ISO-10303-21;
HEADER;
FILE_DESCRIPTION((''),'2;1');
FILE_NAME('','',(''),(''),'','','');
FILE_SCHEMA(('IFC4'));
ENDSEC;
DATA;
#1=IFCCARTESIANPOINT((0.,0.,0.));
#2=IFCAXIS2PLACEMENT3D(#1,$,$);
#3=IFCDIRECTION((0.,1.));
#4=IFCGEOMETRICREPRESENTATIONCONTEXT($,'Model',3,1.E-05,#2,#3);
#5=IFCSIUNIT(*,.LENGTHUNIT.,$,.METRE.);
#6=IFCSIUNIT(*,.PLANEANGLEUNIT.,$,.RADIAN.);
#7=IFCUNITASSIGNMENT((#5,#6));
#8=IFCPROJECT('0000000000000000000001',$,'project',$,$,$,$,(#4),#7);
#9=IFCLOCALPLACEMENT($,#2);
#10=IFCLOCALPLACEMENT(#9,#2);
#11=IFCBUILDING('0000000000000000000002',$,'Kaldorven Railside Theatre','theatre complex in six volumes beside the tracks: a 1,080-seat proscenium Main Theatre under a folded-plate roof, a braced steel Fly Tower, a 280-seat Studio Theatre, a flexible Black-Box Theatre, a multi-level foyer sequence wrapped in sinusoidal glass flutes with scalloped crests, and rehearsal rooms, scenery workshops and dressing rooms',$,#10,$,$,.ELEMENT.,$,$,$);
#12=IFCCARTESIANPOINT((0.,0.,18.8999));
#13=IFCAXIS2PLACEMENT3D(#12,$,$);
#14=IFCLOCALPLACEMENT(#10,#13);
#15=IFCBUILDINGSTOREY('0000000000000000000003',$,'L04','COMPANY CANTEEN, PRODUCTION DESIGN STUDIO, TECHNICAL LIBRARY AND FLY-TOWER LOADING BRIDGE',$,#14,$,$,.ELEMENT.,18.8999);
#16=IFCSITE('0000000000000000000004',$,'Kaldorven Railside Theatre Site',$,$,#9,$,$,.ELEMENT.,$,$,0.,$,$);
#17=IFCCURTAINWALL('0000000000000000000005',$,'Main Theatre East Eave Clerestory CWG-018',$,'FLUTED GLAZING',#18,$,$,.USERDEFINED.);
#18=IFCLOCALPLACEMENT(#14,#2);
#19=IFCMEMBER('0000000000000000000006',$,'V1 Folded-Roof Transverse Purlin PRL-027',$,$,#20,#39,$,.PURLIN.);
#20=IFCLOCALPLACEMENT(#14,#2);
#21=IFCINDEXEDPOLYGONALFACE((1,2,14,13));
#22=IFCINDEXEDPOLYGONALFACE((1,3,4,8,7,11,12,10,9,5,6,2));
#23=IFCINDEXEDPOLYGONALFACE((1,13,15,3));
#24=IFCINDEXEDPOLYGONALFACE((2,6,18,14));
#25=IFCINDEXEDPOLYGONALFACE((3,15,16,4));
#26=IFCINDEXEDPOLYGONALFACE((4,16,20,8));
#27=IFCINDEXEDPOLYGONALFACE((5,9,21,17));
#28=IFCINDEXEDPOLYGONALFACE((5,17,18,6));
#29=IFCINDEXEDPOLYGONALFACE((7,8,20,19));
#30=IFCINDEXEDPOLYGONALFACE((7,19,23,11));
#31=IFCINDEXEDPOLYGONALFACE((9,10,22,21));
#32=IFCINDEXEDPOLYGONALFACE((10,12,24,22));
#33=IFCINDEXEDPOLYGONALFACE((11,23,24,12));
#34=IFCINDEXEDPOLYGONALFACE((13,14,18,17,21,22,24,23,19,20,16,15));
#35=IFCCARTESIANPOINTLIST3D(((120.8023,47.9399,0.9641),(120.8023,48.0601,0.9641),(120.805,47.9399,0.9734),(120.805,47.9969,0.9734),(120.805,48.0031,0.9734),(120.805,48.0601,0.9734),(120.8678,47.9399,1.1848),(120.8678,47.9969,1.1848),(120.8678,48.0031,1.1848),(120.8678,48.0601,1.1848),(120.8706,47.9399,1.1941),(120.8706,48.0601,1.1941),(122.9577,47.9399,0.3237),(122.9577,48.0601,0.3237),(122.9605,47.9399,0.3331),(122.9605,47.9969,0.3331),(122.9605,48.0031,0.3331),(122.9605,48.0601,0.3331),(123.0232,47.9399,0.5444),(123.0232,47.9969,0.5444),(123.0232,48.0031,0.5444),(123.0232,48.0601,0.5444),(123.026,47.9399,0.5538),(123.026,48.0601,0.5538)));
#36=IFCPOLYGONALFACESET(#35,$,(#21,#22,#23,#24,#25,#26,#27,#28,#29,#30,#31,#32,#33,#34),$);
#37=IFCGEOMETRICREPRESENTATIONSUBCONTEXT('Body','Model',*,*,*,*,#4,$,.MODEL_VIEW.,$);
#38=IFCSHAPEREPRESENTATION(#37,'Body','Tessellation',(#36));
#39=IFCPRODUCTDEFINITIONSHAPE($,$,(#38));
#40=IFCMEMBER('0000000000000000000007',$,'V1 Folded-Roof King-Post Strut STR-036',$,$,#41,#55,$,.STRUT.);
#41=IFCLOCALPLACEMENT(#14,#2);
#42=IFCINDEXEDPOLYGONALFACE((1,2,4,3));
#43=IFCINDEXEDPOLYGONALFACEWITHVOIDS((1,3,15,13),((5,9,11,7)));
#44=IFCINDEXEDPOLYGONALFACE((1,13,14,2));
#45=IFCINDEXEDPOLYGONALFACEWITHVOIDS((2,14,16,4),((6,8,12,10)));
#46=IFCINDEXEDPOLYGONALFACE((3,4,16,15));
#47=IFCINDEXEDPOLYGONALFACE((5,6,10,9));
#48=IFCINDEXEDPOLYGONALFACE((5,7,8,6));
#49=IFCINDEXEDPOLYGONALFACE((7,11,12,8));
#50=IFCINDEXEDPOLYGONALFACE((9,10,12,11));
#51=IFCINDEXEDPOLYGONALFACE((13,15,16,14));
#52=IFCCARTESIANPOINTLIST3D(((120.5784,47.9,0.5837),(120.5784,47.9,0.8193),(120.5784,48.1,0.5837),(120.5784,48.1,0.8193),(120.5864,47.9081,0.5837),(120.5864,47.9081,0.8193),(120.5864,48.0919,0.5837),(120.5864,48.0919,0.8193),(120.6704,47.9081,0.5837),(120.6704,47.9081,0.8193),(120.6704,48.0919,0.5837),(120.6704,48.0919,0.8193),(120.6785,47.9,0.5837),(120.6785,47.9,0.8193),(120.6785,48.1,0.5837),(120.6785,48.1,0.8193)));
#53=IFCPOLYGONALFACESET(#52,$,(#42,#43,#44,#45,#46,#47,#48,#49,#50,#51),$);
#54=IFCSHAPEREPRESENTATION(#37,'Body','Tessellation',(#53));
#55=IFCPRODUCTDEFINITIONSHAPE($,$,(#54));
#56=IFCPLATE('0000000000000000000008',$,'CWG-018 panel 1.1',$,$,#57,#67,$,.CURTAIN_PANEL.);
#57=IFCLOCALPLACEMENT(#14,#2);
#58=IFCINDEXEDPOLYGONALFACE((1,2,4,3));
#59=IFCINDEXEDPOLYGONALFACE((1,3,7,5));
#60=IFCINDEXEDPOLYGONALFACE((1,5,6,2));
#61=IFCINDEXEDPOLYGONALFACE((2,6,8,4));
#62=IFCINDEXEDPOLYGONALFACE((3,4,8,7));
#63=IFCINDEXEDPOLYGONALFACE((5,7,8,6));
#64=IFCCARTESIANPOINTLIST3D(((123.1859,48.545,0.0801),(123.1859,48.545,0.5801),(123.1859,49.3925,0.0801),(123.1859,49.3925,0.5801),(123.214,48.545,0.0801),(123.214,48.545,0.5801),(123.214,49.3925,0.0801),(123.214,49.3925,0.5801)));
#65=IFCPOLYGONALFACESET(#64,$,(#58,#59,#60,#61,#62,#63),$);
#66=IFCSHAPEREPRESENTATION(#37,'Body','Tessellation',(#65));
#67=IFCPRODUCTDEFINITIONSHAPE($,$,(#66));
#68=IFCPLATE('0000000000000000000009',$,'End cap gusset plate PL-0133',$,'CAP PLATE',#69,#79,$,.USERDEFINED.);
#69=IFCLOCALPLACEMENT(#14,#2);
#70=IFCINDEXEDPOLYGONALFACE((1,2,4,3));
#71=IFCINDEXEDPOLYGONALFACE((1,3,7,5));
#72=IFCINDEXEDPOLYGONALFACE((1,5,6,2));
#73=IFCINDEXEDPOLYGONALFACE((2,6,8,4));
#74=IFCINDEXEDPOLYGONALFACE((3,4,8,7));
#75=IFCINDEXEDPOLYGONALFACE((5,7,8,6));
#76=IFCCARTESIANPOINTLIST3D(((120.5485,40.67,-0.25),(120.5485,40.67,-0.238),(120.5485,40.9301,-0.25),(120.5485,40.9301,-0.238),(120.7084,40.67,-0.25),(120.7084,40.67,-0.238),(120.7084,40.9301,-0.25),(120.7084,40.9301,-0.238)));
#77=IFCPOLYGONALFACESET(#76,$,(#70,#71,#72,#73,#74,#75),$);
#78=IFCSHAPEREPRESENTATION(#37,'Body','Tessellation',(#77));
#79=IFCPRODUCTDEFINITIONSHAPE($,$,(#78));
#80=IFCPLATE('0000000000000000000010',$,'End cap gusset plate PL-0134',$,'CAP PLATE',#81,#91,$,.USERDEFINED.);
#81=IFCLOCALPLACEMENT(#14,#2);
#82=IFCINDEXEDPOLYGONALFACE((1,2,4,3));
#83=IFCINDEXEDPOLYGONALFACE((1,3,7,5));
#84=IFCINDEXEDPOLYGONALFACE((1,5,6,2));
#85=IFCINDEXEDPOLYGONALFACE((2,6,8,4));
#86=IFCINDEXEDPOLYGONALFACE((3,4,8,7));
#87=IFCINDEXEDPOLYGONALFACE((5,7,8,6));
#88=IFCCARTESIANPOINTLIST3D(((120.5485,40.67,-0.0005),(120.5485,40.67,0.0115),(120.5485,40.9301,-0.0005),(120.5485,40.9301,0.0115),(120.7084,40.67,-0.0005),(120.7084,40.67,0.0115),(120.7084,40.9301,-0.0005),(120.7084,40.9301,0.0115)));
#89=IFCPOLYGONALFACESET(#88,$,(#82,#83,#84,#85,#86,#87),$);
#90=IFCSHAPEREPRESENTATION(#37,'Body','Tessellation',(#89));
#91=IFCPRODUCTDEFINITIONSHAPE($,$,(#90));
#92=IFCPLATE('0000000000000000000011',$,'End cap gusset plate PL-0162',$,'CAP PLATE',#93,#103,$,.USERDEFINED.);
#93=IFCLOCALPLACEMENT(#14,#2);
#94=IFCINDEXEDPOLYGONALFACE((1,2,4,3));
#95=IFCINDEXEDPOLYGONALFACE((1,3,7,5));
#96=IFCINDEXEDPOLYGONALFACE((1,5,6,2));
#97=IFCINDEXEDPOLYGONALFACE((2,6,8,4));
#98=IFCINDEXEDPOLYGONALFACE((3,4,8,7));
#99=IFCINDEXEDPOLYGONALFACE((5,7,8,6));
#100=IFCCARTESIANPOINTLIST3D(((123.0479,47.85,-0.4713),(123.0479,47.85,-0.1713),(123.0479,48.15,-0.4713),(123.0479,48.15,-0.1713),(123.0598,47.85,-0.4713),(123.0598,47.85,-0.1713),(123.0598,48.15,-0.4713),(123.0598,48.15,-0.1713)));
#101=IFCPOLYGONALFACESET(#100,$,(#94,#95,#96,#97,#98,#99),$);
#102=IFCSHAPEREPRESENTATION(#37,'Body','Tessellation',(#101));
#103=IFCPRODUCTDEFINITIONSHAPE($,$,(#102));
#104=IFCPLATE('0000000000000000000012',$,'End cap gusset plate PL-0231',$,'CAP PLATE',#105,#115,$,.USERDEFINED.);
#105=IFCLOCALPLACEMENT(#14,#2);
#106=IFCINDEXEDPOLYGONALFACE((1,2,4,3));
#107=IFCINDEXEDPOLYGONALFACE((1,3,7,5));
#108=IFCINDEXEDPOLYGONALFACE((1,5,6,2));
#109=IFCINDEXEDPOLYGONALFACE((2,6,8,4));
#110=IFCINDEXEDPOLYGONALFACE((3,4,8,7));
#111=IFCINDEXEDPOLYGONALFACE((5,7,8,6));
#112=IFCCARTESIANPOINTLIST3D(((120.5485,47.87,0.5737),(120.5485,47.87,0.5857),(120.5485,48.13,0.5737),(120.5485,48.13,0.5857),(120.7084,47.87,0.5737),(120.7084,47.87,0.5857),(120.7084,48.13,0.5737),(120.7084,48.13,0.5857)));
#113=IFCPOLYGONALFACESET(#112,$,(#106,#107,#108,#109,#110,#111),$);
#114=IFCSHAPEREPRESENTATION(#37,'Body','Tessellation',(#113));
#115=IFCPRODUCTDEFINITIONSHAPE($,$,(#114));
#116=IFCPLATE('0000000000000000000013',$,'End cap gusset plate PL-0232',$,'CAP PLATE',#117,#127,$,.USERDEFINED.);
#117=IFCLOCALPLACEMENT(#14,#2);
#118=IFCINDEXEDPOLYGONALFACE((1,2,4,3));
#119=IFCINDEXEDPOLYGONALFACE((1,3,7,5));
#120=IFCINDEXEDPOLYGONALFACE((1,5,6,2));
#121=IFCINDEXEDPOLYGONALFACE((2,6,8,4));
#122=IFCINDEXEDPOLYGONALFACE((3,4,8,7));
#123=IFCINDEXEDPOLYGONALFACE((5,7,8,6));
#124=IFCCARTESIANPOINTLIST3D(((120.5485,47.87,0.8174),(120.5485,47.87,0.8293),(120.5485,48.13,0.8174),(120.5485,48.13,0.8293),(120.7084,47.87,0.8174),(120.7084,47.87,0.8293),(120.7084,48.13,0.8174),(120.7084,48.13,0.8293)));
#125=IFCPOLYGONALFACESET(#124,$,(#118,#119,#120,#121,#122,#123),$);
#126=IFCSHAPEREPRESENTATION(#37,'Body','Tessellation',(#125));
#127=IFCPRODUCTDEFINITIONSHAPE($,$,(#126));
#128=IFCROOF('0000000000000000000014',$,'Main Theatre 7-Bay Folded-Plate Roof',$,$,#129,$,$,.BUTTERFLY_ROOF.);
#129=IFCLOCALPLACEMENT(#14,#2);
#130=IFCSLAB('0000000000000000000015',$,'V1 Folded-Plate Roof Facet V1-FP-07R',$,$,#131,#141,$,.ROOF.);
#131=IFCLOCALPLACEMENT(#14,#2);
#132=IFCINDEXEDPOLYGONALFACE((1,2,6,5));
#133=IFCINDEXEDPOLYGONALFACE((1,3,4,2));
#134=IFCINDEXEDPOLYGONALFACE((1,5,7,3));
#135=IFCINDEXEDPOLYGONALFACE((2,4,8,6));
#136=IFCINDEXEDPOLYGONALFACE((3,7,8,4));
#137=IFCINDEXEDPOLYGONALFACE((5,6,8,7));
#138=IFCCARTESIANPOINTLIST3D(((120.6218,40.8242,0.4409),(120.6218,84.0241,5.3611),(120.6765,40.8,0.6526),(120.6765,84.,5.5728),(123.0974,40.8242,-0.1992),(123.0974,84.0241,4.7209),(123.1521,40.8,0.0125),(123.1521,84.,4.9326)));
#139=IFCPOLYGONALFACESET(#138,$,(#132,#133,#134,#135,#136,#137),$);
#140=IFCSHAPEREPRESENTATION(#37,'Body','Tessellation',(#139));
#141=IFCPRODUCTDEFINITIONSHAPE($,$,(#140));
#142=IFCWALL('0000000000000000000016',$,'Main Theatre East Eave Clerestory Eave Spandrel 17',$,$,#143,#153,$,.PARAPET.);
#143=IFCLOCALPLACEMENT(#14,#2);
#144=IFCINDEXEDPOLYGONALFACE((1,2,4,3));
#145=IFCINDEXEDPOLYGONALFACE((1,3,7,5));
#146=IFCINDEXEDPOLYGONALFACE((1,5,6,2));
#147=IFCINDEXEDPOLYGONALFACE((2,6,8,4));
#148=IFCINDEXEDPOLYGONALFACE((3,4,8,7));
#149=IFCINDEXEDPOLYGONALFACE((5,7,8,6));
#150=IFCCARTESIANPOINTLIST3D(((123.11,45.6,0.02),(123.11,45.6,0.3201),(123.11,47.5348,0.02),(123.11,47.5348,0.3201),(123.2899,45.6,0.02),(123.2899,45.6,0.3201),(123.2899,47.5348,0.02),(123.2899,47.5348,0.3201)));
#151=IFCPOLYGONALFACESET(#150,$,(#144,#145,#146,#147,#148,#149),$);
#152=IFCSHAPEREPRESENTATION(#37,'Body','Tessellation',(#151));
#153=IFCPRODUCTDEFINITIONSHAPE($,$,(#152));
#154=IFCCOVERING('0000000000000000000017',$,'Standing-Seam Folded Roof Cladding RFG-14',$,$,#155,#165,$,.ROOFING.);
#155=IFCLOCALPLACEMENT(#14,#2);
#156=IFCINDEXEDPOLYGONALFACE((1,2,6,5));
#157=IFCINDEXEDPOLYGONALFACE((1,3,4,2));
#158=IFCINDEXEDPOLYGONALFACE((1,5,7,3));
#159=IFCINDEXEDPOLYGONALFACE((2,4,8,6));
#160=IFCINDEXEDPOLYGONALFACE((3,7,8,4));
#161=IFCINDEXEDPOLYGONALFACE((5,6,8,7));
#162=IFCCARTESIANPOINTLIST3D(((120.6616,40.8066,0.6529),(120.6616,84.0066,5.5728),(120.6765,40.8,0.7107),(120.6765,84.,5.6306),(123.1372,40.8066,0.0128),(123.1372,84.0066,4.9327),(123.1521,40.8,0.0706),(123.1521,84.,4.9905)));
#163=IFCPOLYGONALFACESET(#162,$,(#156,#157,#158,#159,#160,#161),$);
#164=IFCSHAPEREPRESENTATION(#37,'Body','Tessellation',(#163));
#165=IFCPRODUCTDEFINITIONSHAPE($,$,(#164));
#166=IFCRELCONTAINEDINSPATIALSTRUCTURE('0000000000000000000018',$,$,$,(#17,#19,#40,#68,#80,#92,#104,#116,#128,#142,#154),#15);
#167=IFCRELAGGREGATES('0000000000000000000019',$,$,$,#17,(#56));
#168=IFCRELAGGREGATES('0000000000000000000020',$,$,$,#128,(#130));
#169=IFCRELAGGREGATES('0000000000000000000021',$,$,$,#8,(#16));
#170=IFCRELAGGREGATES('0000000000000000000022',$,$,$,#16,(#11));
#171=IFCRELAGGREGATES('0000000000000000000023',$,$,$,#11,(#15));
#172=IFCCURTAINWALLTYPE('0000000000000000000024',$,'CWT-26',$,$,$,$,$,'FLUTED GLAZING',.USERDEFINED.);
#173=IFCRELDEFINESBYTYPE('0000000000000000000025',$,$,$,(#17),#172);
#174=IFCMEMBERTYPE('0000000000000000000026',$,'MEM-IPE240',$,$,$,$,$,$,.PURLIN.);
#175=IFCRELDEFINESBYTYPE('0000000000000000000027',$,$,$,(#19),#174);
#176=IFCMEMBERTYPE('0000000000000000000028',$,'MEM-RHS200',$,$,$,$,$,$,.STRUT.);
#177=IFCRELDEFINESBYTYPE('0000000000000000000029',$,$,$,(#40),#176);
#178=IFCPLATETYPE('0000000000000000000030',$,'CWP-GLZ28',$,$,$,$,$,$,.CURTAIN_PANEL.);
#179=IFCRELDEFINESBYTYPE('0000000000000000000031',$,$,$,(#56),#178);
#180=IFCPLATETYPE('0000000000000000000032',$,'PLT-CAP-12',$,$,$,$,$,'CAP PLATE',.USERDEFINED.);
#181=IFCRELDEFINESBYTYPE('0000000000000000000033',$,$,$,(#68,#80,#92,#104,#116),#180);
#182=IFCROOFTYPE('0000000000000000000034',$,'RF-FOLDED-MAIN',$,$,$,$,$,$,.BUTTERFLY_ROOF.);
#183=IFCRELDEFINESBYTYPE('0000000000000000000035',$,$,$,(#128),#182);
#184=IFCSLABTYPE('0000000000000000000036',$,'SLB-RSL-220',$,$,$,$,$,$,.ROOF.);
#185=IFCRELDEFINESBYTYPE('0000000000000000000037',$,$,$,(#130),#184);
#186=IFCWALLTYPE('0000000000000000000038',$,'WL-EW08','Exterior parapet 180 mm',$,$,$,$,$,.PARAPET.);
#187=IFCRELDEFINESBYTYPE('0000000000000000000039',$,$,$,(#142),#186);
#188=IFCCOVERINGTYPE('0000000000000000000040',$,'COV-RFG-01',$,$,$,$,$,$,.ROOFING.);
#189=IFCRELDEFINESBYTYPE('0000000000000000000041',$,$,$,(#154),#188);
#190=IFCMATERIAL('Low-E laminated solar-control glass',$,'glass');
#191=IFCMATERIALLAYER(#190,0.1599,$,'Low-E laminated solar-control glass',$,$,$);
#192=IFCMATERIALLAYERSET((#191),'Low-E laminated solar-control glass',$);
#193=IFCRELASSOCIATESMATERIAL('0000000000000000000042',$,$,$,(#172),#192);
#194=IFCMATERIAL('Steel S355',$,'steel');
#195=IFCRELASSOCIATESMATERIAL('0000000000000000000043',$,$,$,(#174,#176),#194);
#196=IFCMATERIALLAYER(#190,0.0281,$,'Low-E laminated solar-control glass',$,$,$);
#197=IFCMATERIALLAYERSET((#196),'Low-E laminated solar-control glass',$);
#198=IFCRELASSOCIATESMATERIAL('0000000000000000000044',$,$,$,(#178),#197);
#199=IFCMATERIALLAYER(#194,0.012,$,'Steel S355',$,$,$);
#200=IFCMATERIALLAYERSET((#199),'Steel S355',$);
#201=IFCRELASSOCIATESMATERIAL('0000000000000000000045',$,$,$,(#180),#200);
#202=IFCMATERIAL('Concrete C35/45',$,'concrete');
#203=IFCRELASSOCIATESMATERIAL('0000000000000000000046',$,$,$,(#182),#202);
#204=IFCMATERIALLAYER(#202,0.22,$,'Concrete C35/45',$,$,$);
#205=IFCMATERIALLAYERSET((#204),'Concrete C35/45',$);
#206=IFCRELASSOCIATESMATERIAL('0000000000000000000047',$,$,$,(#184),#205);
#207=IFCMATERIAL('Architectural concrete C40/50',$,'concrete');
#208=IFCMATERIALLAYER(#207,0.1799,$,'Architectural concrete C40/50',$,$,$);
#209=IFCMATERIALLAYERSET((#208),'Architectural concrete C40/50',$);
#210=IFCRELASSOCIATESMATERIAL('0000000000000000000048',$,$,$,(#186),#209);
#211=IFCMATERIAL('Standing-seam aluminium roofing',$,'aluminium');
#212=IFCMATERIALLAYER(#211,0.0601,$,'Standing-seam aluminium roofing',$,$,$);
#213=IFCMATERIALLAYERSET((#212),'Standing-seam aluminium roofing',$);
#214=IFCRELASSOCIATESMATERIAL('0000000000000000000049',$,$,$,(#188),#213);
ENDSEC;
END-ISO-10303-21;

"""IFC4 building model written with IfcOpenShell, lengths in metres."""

from ifc_helpers import new_model, si_unit, direction, frame, frame_2d, origin, origin_2d, place, context, subcontext, project, spatial, polyline, rectangle, hollow_rectangle, i_section, outline, extrude, material, layer, layer_set, material_profile, profile_set, type_object, element, aggregate, save


model = new_model("IFC4")

# Units and contexts
model_context = context("Model", 3, precision=1e-05, world=origin(), true_north=direction((0.0, 1.0)))
body_context = subcontext(model_context, "Body", "Model", "MODEL_VIEW")
ifc_project = project(units=[si_unit("LENGTHUNIT", "METRE"), si_unit("PLANEANGLEUNIT", "RADIAN")], contexts=[model_context])

# Site, building, storey
site_placement = place(None, origin())
site = spatial("IfcSite", under=ifc_project, at=site_placement, Name="Kaldorven Railside Theatre Site", CompositionType="ELEMENT", RefElevation=0.0)
building_placement = place(site_placement, origin())
building = spatial("IfcBuilding", under=site, at=building_placement, Name="Kaldorven Railside Theatre", Description="theatre complex in six volumes beside the tracks: a 1,080-seat proscenium Main Theatre under a folded-plate roof, a braced steel Fly Tower, a 280-seat Studio Theatre, a flexible Black-Box Theatre, a multi-level foyer sequence wrapped in sinusoidal glass flutes with scalloped crests, and rehearsal rooms, scenery workshops and dressing rooms", CompositionType="ELEMENT")
storey_placement = place(building_placement, frame((0.0, 0.0, 18.8999)))
storey = spatial("IfcBuildingStorey", under=building, at=storey_placement, Name="L04", Description="COMPANY CANTEEN, PRODUCTION DESIGN STUDIO, TECHNICAL LIBRARY AND FLY-TOWER LOADING BRIDGE", CompositionType="ELEMENT", Elevation=18.8999)

# Shared definitions
ifc_material_1 = material(Name="Steel S355", Category="steel")

# Curtain wall
ifc_material_2 = material(Name="Low-E laminated solar-control glass", Category="glass")
ifc_layer_1 = layer(ifc_material_2, 0.1599, Name="Low-E laminated solar-control glass")
ifc_layer_set_1 = layer_set([ifc_layer_1], Name="Low-E laminated solar-control glass")
curtain_wall_type = type_object("IfcCurtainWallType", Name="CWT-26", ElementType="FLUTED GLAZING", PredefinedType="USERDEFINED", material=ifc_layer_set_1)
curtain_wall_placement = place(storey_placement, origin())
curtain_wall = element("IfcCurtainWall", 1, at=curtain_wall_placement, inside=storey, type_object=curtain_wall_type, Name="Main Theatre East Eave Clerestory CWG-018", ObjectType="FLUTED GLAZING", PredefinedType="USERDEFINED")

# Members
ifc_material_profile_1 = material_profile(ifc_material_1, i_section(OverallWidth=0.1201, OverallDepth=0.24, WebThickness=0.0061, FlangeThickness=0.0098, at=origin_2d()), Name="IPE 240")
ifc_profile_set_1 = profile_set([ifc_material_profile_1], Name="Steel S355")
member_type_1 = type_object("IfcMemberType", Name="MEM-IPE240", PredefinedType="PURLIN", material=ifc_profile_set_1)
member_1_placement = place(storey_placement, frame((120.8364, 48.0, 1.0791), z_axis=(0.958591, 0.0, -0.284787), x_axis=(0.0, 1.0, 0.0)))
element("IfcMember", 2, at=member_1_placement, inside=storey, type_object=member_type_1, Name="V1 Folded-Roof Transverse Purlin PRL-027", PredefinedType="PURLIN", context=body_context, shape_type="SweptSolid", body=[
    extrude(i_section(OverallWidth=0.1201, OverallDepth=0.24, WebThickness=0.0061, FlangeThickness=0.0098, at=origin_2d()), origin(), (0.0, 0.0, 1.0), 2.2485),
])
ifc_material_profile_2 = material_profile(ifc_material_1, hollow_rectangle(XDim=0.1001, YDim=0.2, WallThickness=0.0081, at=origin_2d()), Name="RHS 200x100x8")
ifc_profile_set_2 = profile_set([ifc_material_profile_2], Name="Steel S355")
member_type_2 = type_object("IfcMemberType", Name="MEM-RHS200", PredefinedType="STRUT", material=ifc_profile_set_2)
member_2_placement = place(storey_placement, frame((120.6284, 48.0, 0.5837), z_axis=(0.0, 0.0, 1.0), x_axis=(1.0, 0.0, 0.0)))
element("IfcMember", 3, at=member_2_placement, inside=storey, type_object=member_type_2, Name="V1 Folded-Roof King-Post Strut STR-036", PredefinedType="STRUT", context=body_context, shape_type="SweptSolid", body=[
    extrude(hollow_rectangle(XDim=0.1001, YDim=0.2, WallThickness=0.0081, at=origin_2d()), origin(), (0.0, 0.0, 1.0), 0.2356),
])

# Plate
ifc_layer_2 = layer(ifc_material_2, 0.0281, Name="Low-E laminated solar-control glass")
ifc_layer_set_2 = layer_set([ifc_layer_2], Name="Low-E laminated solar-control glass")
plate_type_1 = type_object("IfcPlateType", Name="CWP-GLZ28", PredefinedType="CURTAIN_PANEL", material=ifc_layer_set_2)
plate_1_placement = place(storey_placement, frame((123.2, 48.9688, 0.0801), z_axis=(0.0, 0.0, 1.0), x_axis=(0.0, 1.0, 0.0)))
plate_1 = element("IfcPlate", 4, at=plate_1_placement, type_object=plate_type_1, Name="CWG-018 panel 1.1", PredefinedType="CURTAIN_PANEL", context=body_context, shape_type="SweptSolid", body=[
    extrude(rectangle(XDim=0.8474, YDim=0.0281, at=origin_2d()), origin(), (0.0, 0.0, 1.0), 0.5),
])
aggregate(curtain_wall, [plate_1])

# Plates
ifc_layer_3 = layer(ifc_material_1, 0.012, Name="Steel S355")
ifc_layer_set_3 = layer_set([ifc_layer_3], Name="Steel S355")
plate_type_2 = type_object("IfcPlateType", Name="PLT-CAP-12", ElementType="CAP PLATE", PredefinedType="USERDEFINED", material=ifc_layer_set_3)
for number, where, z_axis, x_axis, name in (
    (5, (120.6284, 40.8, -0.25), (0.0, 0.0, 1.0), (1.0, 0.0, 0.0), "End cap gusset plate PL-0133"),
    (6, (120.6284, 40.8, -0.0005), (0.0, 0.0, 1.0), (1.0, 0.0, 0.0), "End cap gusset plate PL-0134"),
):
    element("IfcPlate", number, at=place(storey_placement, frame(where, z_axis=z_axis, x_axis=x_axis)), inside=storey, type_object=plate_type_2, Name=name, ObjectType="CAP PLATE", PredefinedType="USERDEFINED", context=body_context, shape_type="SweptSolid", body=[
        extrude(rectangle(XDim=0.1599, YDim=0.26, at=origin_2d()), origin(), (0.0, 0.0, 1.0), 0.012),
    ])
plate_2_placement = place(storey_placement, frame((123.0479, 48.0, -0.3213), z_axis=(1.0, 0.0, 0.0), x_axis=(0.0, 1.0, 0.0)))
element("IfcPlate", 7, at=plate_2_placement, inside=storey, type_object=plate_type_2, Name="End cap gusset plate PL-0162", ObjectType="CAP PLATE", PredefinedType="USERDEFINED", context=body_context, shape_type="SweptSolid", body=[
    extrude(rectangle(XDim=0.3, YDim=0.3, at=origin_2d()), origin(), (0.0, 0.0, 1.0), 0.012),
])
for number, where, z_axis, x_axis, name in (
    (8, (120.6284, 48.0, 0.5737), (0.0, 0.0, 1.0), (1.0, 0.0, 0.0), "End cap gusset plate PL-0231"),
    (9, (120.6284, 48.0, 0.8174), (0.0, 0.0, 1.0), (1.0, 0.0, 0.0), "End cap gusset plate PL-0232"),
):
    element("IfcPlate", number, at=place(storey_placement, frame(where, z_axis=z_axis, x_axis=x_axis)), inside=storey, type_object=plate_type_2, Name=name, ObjectType="CAP PLATE", PredefinedType="USERDEFINED", context=body_context, shape_type="SweptSolid", body=[
        extrude(rectangle(XDim=0.1599, YDim=0.26, at=origin_2d()), origin(), (0.0, 0.0, 1.0), 0.012),
    ])

# Roof, slab
ifc_material_3 = material(Name="Concrete C35/45", Category="concrete")
roof_type = type_object("IfcRoofType", Name="RF-FOLDED-MAIN", PredefinedType="BUTTERFLY_ROOF", material=ifc_material_3)
roof_placement = place(storey_placement, origin())
roof = element("IfcRoof", 10, at=roof_placement, inside=storey, type_object=roof_type, Name="Main Theatre 7-Bay Folded-Plate Roof", PredefinedType="BUTTERFLY_ROOF")
ifc_layer_4 = layer(ifc_material_3, 0.22, Name="Concrete C35/45")
ifc_layer_set_4 = layer_set([ifc_layer_4], Name="Concrete C35/45")
slab_type = type_object("IfcSlabType", Name="SLB-RSL-220", PredefinedType="ROOF", material=ifc_layer_set_4)
slab_placement = place(storey_placement, frame((120.6765, 40.8, 0.6526), z_axis=(0.248838, -0.109602, 0.962324), x_axis=(0.968156, 0.0, -0.250346)))
slab = element("IfcSlab", 11, at=slab_placement, type_object=slab_type, Name="V1 Folded-Plate Roof Facet V1-FP-07R", PredefinedType="ROOF", context=body_context, shape_type="SweptSolid", body=[
    extrude(outline(polyline([(0.0, 0.0), (2.557, 0.0), (1.3253, 43.4618), (-1.2317, 43.4618), (0.0, 0.0)])), origin(), (0.0, 0.0, -1.0), 0.22),
])
aggregate(roof, [slab])

# Wall
ifc_material_4 = material(Name="Architectural concrete C40/50", Category="concrete")
ifc_layer_5 = layer(ifc_material_4, 0.1799, Name="Architectural concrete C40/50")
ifc_layer_set_5 = layer_set([ifc_layer_5], Name="Architectural concrete C40/50")
wall_type = type_object("IfcWallType", Name="WL-EW08", Description="Exterior parapet 180 mm", PredefinedType="PARAPET", material=ifc_layer_set_5)
wall_placement = place(storey_placement, frame((123.2, 45.6001, 0.02), z_axis=(0.0, 0.0, 1.0), x_axis=(0.0, 1.0, 0.0)))
element("IfcWall", 12, at=wall_placement, inside=storey, type_object=wall_type, Name="Main Theatre East Eave Clerestory Eave Spandrel 17", PredefinedType="PARAPET", context=body_context, shape_type="SweptSolid", body=[
    extrude(rectangle(XDim=1.9348, YDim=0.1799, at=frame_2d((0.9673, 0.0))), origin(), (0.0, 0.0, 1.0), 0.3),
])

# Covering
ifc_material_5 = material(Name="Standing-seam aluminium roofing", Category="aluminium")
ifc_layer_6 = layer(ifc_material_5, 0.0601, Name="Standing-seam aluminium roofing")
ifc_layer_set_6 = layer_set([ifc_layer_6], Name="Standing-seam aluminium roofing")
covering_type = type_object("IfcCoveringType", Name="COV-RFG-01", PredefinedType="ROOFING", material=ifc_layer_set_6)
covering_placement = place(storey_placement, frame((120.6765, 40.8, 0.7107), z_axis=(0.248838, -0.109596, 0.962324), x_axis=(0.968156, 0.0, -0.250346)))
element("IfcCovering", 13, at=covering_placement, inside=storey, type_object=covering_type, Name="Standing-Seam Folded Roof Cladding RFG-14", PredefinedType="ROOFING", context=body_context, shape_type="SweptSolid", body=[
    extrude(outline(polyline([(0.0, 0.0), (2.557, 0.0), (1.3253, 43.4618), (-1.2317, 43.4618), (0.0, 0.0)])), origin(), (0.0, 0.0, -1.0), 0.0601),
])

save(model, "model.ifc")
